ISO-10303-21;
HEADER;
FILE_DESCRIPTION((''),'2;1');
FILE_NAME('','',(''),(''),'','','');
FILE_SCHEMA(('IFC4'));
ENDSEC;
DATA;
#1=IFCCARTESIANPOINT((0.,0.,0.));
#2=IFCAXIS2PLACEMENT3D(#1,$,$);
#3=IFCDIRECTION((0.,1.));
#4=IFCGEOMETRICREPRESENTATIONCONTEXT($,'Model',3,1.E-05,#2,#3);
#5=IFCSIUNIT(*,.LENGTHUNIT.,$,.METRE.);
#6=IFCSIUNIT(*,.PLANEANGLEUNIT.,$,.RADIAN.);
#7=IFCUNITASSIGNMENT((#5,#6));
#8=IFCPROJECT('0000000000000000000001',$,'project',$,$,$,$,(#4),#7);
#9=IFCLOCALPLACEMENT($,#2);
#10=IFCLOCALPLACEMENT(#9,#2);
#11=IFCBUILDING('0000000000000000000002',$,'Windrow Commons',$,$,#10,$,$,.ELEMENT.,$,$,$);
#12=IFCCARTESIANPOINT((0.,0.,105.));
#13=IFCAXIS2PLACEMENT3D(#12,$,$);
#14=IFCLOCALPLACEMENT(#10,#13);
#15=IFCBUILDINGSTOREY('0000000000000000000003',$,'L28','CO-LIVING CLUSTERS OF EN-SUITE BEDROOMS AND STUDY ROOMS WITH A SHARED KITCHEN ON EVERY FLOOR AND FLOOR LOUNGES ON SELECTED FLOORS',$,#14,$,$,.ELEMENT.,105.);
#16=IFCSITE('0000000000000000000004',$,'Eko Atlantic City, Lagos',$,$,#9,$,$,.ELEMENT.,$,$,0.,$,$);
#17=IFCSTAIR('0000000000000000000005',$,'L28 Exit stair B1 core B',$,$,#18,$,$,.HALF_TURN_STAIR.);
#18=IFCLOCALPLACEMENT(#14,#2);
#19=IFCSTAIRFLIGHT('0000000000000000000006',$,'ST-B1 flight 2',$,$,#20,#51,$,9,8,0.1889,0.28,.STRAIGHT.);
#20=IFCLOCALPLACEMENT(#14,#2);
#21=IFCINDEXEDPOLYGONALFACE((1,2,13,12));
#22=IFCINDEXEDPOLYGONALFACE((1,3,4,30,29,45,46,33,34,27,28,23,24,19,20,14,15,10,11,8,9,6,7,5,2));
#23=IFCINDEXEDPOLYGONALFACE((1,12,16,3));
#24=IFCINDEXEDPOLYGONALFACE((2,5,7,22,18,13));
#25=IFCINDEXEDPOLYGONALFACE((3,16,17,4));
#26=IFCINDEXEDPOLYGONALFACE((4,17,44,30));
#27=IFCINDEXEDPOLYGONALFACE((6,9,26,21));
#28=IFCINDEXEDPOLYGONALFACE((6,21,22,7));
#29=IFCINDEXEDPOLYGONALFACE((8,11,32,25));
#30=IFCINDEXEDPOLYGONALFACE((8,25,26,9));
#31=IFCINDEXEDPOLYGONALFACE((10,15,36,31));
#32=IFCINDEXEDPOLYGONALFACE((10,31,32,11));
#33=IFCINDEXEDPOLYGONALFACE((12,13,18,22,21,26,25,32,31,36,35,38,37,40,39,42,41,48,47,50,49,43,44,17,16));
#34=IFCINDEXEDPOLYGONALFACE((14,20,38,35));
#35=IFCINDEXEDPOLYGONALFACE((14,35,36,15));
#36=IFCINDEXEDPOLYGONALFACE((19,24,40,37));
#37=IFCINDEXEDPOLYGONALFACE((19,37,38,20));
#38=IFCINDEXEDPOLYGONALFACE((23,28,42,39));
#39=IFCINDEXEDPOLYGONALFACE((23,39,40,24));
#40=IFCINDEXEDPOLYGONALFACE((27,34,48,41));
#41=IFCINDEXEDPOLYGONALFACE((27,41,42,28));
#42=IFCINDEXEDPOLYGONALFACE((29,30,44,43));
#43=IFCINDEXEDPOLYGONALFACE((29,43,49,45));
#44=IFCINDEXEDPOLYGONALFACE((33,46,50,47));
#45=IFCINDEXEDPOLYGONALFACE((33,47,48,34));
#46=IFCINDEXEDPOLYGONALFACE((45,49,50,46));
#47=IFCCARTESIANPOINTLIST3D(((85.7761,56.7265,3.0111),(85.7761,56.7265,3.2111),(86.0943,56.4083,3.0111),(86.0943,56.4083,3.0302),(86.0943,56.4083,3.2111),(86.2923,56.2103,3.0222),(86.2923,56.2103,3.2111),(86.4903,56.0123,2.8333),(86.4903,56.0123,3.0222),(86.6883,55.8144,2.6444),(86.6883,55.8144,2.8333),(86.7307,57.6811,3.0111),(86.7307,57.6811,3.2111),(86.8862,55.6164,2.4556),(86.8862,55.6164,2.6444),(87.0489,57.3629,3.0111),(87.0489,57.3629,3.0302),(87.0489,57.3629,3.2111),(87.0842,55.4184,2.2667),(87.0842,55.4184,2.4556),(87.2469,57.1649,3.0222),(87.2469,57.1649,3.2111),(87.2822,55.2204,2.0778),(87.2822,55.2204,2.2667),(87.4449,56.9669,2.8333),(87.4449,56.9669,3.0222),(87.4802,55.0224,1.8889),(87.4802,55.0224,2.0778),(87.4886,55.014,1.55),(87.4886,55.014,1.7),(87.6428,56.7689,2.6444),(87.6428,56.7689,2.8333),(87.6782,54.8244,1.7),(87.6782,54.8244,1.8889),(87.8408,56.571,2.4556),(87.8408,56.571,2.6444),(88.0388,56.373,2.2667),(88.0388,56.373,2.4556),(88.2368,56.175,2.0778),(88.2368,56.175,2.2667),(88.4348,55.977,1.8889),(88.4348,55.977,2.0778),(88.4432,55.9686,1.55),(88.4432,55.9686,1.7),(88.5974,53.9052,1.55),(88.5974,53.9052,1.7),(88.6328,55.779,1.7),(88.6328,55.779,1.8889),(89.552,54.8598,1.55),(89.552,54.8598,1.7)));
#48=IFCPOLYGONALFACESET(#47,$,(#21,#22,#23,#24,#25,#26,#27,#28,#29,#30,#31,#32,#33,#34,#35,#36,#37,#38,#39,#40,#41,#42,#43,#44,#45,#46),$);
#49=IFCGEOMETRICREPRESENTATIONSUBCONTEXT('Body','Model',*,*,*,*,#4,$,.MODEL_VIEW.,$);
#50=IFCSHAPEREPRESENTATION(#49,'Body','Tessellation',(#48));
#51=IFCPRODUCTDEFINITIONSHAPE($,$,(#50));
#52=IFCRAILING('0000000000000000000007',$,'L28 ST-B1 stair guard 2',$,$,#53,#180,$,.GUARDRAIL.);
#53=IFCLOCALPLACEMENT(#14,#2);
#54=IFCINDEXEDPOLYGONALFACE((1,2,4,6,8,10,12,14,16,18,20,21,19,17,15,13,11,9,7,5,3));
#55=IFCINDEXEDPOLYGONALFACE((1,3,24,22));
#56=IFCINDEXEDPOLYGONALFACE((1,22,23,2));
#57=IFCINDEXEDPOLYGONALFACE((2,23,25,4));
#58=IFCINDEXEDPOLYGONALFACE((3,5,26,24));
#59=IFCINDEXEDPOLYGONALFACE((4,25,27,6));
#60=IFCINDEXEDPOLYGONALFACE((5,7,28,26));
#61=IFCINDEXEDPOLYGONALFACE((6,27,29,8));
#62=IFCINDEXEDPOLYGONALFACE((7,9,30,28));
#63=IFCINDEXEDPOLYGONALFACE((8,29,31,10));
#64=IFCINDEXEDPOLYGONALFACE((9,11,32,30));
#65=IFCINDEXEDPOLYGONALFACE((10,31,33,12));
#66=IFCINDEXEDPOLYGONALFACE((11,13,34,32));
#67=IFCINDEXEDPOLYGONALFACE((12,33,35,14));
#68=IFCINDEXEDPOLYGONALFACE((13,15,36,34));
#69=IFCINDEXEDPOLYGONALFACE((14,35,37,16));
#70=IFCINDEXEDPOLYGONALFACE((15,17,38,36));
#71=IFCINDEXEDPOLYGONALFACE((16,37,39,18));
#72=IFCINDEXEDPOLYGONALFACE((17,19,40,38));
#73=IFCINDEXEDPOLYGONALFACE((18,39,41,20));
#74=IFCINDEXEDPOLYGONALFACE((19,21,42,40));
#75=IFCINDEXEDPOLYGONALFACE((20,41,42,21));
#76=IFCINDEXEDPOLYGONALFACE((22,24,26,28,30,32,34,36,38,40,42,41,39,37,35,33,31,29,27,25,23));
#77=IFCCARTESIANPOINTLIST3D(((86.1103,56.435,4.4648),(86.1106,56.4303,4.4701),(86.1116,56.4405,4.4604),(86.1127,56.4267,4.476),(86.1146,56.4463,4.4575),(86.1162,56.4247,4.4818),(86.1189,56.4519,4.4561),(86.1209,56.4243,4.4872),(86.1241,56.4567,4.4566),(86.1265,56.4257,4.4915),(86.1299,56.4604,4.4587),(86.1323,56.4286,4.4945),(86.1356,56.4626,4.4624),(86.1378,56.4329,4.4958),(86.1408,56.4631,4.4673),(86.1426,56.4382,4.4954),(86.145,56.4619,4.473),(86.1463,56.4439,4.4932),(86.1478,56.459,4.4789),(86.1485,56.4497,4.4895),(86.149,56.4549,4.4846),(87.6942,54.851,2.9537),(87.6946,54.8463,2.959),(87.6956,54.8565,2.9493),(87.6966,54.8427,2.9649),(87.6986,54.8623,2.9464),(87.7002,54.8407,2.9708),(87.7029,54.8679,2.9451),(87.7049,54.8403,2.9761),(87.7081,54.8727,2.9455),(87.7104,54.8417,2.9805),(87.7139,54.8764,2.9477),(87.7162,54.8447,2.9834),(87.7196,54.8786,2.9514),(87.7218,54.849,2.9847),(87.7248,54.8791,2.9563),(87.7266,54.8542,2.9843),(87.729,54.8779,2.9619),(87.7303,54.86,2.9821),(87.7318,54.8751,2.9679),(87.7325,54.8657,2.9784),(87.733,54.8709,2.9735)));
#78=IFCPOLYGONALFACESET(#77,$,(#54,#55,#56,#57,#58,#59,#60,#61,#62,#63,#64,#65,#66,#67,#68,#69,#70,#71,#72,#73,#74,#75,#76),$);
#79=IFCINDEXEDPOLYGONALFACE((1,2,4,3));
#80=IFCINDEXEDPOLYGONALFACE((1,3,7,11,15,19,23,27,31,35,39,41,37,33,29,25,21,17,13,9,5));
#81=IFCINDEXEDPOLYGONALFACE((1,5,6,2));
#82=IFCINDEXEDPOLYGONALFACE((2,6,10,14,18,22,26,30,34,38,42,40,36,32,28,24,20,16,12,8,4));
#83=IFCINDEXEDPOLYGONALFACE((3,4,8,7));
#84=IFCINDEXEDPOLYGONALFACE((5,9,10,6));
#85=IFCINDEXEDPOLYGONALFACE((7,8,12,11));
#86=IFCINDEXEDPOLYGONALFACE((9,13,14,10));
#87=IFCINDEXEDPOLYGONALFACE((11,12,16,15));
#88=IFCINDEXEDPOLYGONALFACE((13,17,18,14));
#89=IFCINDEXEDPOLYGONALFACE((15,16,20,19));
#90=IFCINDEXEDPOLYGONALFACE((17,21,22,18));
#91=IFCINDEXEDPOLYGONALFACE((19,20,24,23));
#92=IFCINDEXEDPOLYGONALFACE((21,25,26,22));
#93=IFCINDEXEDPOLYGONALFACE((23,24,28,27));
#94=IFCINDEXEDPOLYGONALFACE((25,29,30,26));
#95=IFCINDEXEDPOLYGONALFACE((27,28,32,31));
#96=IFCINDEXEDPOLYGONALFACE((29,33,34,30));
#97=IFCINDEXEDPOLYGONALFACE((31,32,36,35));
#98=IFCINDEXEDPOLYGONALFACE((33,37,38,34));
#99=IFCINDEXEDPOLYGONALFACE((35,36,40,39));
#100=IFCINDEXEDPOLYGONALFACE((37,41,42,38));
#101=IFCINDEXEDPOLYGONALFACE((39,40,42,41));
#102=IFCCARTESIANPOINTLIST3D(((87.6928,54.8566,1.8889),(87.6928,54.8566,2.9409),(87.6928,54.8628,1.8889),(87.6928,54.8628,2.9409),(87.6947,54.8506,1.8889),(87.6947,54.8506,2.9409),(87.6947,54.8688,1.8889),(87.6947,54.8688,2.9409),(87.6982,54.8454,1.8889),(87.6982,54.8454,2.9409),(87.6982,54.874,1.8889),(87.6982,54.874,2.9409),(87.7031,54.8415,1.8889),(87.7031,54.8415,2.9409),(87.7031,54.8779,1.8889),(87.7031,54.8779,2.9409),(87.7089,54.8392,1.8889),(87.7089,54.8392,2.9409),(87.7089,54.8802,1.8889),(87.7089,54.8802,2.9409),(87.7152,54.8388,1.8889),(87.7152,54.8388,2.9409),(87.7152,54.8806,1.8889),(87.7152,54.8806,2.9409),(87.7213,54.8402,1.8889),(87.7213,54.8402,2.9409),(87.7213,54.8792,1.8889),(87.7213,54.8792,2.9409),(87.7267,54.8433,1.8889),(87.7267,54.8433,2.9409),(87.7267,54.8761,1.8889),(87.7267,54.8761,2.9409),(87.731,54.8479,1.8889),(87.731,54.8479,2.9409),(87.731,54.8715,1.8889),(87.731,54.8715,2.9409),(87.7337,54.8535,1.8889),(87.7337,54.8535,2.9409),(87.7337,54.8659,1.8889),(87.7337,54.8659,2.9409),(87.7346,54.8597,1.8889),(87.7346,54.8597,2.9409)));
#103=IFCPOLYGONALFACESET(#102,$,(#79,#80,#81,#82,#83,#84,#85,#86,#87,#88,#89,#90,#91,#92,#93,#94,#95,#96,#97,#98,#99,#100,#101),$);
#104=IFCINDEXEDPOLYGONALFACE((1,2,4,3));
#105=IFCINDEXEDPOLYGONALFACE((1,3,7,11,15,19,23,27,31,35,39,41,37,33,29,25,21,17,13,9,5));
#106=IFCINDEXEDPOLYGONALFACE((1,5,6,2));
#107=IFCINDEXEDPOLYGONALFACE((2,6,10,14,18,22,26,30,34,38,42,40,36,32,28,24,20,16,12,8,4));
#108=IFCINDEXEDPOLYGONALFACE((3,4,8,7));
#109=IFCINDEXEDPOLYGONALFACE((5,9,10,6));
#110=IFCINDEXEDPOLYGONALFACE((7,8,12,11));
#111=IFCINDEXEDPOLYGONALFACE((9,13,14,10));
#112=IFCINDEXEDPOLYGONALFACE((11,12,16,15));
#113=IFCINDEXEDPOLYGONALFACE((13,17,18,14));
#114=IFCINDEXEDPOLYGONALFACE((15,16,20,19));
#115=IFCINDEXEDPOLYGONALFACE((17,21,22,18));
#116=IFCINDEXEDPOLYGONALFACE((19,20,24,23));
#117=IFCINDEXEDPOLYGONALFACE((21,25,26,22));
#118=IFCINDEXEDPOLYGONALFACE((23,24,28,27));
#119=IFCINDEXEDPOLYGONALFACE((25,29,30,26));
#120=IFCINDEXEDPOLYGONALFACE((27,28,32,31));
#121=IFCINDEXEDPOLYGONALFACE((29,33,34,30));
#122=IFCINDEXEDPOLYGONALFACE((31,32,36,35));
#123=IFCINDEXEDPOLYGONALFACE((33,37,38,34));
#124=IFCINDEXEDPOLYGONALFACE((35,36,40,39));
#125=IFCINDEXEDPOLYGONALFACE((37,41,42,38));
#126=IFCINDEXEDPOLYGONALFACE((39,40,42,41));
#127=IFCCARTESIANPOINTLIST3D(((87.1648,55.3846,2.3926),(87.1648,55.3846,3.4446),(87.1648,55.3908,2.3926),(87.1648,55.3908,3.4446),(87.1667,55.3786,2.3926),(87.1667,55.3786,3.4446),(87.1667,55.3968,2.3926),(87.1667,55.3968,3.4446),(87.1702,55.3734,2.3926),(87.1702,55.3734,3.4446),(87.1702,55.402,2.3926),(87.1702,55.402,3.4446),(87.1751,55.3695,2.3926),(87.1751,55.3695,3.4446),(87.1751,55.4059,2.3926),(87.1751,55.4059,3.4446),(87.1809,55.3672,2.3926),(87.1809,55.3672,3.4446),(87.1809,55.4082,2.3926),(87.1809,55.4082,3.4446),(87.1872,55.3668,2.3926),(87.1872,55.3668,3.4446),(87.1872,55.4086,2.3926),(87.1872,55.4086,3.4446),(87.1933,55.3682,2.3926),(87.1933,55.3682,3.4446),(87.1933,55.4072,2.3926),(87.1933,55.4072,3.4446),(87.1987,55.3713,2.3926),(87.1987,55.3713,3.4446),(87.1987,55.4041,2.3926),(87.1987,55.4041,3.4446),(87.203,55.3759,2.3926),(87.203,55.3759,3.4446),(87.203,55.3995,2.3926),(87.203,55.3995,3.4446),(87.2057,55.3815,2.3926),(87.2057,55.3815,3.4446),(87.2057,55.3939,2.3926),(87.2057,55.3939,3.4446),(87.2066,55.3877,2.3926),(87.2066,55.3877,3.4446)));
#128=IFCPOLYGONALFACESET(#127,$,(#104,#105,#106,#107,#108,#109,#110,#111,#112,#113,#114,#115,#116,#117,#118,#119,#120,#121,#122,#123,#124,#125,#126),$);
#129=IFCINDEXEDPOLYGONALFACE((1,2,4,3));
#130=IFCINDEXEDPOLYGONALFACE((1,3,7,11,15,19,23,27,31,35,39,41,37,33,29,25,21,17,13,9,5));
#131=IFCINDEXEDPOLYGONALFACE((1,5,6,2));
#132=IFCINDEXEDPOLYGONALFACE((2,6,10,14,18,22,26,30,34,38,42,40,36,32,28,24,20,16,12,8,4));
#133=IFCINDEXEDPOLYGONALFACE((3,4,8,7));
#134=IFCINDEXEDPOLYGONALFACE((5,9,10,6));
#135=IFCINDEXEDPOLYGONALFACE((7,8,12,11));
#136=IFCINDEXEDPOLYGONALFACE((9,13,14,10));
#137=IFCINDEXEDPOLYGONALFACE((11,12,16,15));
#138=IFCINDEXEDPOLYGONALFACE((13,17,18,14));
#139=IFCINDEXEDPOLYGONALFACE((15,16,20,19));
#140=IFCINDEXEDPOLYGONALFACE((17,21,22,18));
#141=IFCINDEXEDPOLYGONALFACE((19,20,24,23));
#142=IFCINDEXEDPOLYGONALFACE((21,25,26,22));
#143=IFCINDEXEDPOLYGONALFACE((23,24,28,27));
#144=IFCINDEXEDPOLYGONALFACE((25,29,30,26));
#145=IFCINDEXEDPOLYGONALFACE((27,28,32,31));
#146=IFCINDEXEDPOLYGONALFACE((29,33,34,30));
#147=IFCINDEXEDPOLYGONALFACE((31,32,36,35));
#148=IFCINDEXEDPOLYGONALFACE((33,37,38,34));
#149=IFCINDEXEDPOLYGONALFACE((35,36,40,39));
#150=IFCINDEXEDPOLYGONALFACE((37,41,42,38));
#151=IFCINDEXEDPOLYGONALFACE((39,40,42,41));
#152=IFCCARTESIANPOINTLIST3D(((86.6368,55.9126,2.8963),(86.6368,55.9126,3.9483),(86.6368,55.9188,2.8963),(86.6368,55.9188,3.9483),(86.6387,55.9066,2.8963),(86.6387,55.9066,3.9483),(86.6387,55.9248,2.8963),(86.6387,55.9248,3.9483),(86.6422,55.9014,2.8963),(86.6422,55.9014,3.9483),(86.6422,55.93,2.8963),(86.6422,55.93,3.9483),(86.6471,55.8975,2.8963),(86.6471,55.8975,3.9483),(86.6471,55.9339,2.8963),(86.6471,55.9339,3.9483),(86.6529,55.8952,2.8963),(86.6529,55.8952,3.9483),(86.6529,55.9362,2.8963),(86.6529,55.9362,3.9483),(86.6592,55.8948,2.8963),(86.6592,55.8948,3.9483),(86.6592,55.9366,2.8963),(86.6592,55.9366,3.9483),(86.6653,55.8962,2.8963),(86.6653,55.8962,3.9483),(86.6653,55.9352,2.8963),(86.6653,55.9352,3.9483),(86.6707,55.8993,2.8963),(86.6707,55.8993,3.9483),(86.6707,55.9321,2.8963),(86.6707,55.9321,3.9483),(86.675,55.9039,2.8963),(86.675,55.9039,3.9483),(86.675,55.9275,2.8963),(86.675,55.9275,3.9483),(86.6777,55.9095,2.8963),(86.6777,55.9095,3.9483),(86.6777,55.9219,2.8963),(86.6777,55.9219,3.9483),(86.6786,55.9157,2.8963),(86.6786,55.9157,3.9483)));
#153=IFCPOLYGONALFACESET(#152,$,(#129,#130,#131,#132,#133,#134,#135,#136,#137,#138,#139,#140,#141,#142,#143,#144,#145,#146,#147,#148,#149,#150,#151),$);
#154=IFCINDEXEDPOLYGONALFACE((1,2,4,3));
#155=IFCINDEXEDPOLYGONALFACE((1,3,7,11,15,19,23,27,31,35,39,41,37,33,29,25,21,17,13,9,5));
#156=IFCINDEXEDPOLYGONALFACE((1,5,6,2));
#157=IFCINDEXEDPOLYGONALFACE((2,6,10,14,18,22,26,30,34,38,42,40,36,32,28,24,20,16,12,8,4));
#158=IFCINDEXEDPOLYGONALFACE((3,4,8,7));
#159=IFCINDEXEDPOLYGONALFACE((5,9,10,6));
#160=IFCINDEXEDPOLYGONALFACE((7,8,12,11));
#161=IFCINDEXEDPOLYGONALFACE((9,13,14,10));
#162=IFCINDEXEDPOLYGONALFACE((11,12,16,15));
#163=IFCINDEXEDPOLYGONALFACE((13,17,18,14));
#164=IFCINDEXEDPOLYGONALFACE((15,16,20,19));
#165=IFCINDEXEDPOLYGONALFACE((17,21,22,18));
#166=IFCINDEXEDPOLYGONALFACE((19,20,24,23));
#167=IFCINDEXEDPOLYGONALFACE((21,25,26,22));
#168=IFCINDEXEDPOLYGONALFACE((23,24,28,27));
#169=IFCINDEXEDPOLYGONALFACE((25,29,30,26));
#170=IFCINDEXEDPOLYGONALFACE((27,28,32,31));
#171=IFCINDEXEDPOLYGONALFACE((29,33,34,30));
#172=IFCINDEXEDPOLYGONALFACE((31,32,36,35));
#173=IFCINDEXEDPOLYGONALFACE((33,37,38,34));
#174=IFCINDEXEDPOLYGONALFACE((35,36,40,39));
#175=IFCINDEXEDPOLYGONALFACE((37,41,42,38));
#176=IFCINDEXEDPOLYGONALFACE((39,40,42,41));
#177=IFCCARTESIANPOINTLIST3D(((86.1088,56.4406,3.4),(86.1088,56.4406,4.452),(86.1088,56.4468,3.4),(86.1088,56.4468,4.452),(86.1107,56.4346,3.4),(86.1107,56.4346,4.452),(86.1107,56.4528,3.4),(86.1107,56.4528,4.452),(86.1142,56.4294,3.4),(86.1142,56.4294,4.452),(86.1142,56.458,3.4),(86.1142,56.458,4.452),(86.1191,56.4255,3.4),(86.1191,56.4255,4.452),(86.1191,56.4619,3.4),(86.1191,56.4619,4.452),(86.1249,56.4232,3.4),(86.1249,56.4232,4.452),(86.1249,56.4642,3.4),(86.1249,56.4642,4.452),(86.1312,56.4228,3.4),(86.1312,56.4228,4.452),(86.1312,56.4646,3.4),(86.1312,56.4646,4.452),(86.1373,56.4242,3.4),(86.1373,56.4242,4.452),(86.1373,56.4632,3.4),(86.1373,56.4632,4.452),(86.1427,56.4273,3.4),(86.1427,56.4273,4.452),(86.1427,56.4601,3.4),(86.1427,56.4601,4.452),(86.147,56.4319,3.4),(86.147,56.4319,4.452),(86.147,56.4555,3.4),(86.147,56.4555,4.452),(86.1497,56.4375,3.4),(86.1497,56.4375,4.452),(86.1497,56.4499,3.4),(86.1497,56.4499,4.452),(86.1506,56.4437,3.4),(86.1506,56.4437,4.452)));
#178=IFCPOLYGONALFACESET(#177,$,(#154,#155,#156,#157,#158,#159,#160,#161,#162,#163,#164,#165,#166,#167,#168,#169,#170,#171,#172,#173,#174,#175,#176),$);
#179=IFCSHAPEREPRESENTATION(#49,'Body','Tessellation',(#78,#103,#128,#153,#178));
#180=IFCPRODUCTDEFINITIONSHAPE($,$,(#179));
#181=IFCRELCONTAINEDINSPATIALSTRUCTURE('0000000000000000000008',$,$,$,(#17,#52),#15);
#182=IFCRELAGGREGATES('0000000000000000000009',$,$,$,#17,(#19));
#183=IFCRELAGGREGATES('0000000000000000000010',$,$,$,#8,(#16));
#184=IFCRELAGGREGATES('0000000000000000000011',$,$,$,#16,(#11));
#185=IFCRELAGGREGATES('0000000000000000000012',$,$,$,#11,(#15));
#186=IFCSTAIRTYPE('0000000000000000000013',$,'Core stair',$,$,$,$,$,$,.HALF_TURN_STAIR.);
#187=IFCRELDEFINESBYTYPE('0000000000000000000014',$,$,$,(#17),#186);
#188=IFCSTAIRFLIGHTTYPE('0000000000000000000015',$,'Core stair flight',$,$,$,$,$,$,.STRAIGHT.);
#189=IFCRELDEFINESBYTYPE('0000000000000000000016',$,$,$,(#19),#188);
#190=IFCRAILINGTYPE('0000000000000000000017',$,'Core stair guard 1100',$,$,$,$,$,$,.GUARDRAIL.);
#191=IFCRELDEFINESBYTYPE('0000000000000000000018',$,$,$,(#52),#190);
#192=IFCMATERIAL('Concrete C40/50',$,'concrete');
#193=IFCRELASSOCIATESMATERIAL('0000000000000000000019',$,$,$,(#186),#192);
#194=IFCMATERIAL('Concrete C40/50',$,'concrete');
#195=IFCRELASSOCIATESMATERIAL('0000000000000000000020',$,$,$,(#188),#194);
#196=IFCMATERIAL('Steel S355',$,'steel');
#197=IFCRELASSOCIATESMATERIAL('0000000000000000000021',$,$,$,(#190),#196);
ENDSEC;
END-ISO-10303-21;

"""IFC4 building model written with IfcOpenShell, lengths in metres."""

from ifc_helpers import new_model, si_unit, direction, frame, origin, origin_2d, place, context, subcontext, project, spatial, polyline, circle, outline, extrude, material, type_object, element, aggregate, save


model = new_model("IFC4")

# Units and contexts
model_context = context("Model", 3, precision=1e-05, world=origin(), true_north=direction((0.0, 1.0)))
body_context = subcontext(model_context, "Body", "Model", "MODEL_VIEW")
ifc_project = project(units=[si_unit("LENGTHUNIT", "METRE"), si_unit("PLANEANGLEUNIT", "RADIAN")], contexts=[model_context])

# Site, building, storey
site_placement = place(None, origin())
site = spatial("IfcSite", under=ifc_project, at=site_placement, Name="Eko Atlantic City, Lagos", CompositionType="ELEMENT", RefElevation=0.0)
building_placement = place(site_placement, origin())
building = spatial("IfcBuilding", under=site, at=building_placement, Name="Windrow Commons", CompositionType="ELEMENT")
storey_placement = place(building_placement, frame((0.0, 0.0, 105.0)))
storey = spatial("IfcBuildingStorey", under=building, at=storey_placement, Name="L28", Description="CO-LIVING CLUSTERS OF EN-SUITE BEDROOMS AND STUDY ROOMS WITH A SHARED KITCHEN ON EVERY FLOOR AND FLOOR LOUNGES ON SELECTED FLOORS", CompositionType="ELEMENT", Elevation=105.0)

# Stair, stair flight
ifc_material_1 = material(Name="Concrete C40/50", Category="concrete")
stair_type = type_object("IfcStairType", Name="Core stair", PredefinedType="HALF_TURN_STAIR", material=ifc_material_1)
stair_placement = place(storey_placement, origin())
stair = element("IfcStair", 1, at=stair_placement, inside=storey, type_object=stair_type, Name="L28 Exit stair B1 core B", PredefinedType="HALF_TURN_STAIR")
ifc_material_2 = material(Name="Concrete C40/50", Category="concrete")
stair_flight_type = type_object("IfcStairFlightType", Name="Core stair flight", PredefinedType="STRAIGHT", material=ifc_material_2)
stair_flight_placement = place(storey_placement, frame((88.1555, 55.3017, 1.7), z_axis=(0.0, 0.0, 1.0), x_axis=(-0.707107, 0.707107, 0.0)))
stair_flight = element("IfcStairFlight", 2, at=stair_flight_placement, type_object=stair_flight_type, Name="ST-B1 flight 2", NumberOfRisers=9, NumberOfTreads=8, PredefinedType="STRAIGHT", RiserHeight=0.1889, TreadLength=0.28, context=body_context, shape_type="SweptSolid", body=[
    extrude(outline(polyline([(-1.3, -0.15), (-1.3, 0.0), (0.0, 0.0), (0.0, 0.1889), (0.28, 0.1889), (0.28, 0.3778), (0.56, 0.3778), (0.56, 0.5667), (0.84, 0.5667), (0.84, 0.7556), (1.12, 0.7556), (1.12, 0.9444), (1.4, 0.9444), (1.4, 1.1333), (1.68, 1.1333), (1.68, 1.3222), (1.96, 1.3222), (1.96, 1.5111), (2.24, 1.5111), (2.69, 1.5111), (2.69, 1.3111), (2.24, 1.3111), (2.24, 1.3302), (0.2682, 0.0), (0.2682, -0.15), (-1.3, -0.15)])), frame((0.0, 0.675, 0.0), z_axis=(0.0, -1.0, 0.0), x_axis=(1.0, 0.0, 0.0)), (0.0, 0.0, 1.0), 1.35),
])
aggregate(stair, [stair_flight])

# Railing
ifc_material_3 = material(Name="Steel S355", Category="steel")
railing_type_1 = type_object("IfcRailingType", Name="Core stair guard 1100", PredefinedType="GUARDRAIL", material=ifc_material_3)
railing_1_placement = place(storey_placement, frame((87.7136, 54.8597, 1.8889)))
element("IfcRailing", 3, at=railing_1_placement, inside=storey, type_object=railing_type_1, Name="L28 ST-B1 stair guard 2", PredefinedType="GUARDRAIL", context=body_context, shape_type="SweptSolid", body=[
    extrude(circle(Radius=0.024, at=origin_2d()), frame((0.0, 0.0, 1.076), z_axis=(-0.586203, 0.586203, 0.559224), x_axis=(-0.707107, -0.707107, 0.0)), (0.0, 0.0, 1.0), 2.7021),
    extrude(circle(Radius=0.021, at=origin_2d()), origin(), (0.0, 0.0, 1.0), 1.052),
    extrude(circle(Radius=0.021, at=origin_2d()), frame((-0.528, 0.528, 0.5037)), (0.0, 0.0, 1.0), 1.052),
    extrude(circle(Radius=0.021, at=origin_2d()), frame((-1.056, 1.056, 1.0074)), (0.0, 0.0, 1.0), 1.052),
    extrude(circle(Radius=0.021, at=origin_2d()), frame((-1.584, 1.584, 1.5111)), (0.0, 0.0, 1.0), 1.052),
])

save(model, "model.ifc")
